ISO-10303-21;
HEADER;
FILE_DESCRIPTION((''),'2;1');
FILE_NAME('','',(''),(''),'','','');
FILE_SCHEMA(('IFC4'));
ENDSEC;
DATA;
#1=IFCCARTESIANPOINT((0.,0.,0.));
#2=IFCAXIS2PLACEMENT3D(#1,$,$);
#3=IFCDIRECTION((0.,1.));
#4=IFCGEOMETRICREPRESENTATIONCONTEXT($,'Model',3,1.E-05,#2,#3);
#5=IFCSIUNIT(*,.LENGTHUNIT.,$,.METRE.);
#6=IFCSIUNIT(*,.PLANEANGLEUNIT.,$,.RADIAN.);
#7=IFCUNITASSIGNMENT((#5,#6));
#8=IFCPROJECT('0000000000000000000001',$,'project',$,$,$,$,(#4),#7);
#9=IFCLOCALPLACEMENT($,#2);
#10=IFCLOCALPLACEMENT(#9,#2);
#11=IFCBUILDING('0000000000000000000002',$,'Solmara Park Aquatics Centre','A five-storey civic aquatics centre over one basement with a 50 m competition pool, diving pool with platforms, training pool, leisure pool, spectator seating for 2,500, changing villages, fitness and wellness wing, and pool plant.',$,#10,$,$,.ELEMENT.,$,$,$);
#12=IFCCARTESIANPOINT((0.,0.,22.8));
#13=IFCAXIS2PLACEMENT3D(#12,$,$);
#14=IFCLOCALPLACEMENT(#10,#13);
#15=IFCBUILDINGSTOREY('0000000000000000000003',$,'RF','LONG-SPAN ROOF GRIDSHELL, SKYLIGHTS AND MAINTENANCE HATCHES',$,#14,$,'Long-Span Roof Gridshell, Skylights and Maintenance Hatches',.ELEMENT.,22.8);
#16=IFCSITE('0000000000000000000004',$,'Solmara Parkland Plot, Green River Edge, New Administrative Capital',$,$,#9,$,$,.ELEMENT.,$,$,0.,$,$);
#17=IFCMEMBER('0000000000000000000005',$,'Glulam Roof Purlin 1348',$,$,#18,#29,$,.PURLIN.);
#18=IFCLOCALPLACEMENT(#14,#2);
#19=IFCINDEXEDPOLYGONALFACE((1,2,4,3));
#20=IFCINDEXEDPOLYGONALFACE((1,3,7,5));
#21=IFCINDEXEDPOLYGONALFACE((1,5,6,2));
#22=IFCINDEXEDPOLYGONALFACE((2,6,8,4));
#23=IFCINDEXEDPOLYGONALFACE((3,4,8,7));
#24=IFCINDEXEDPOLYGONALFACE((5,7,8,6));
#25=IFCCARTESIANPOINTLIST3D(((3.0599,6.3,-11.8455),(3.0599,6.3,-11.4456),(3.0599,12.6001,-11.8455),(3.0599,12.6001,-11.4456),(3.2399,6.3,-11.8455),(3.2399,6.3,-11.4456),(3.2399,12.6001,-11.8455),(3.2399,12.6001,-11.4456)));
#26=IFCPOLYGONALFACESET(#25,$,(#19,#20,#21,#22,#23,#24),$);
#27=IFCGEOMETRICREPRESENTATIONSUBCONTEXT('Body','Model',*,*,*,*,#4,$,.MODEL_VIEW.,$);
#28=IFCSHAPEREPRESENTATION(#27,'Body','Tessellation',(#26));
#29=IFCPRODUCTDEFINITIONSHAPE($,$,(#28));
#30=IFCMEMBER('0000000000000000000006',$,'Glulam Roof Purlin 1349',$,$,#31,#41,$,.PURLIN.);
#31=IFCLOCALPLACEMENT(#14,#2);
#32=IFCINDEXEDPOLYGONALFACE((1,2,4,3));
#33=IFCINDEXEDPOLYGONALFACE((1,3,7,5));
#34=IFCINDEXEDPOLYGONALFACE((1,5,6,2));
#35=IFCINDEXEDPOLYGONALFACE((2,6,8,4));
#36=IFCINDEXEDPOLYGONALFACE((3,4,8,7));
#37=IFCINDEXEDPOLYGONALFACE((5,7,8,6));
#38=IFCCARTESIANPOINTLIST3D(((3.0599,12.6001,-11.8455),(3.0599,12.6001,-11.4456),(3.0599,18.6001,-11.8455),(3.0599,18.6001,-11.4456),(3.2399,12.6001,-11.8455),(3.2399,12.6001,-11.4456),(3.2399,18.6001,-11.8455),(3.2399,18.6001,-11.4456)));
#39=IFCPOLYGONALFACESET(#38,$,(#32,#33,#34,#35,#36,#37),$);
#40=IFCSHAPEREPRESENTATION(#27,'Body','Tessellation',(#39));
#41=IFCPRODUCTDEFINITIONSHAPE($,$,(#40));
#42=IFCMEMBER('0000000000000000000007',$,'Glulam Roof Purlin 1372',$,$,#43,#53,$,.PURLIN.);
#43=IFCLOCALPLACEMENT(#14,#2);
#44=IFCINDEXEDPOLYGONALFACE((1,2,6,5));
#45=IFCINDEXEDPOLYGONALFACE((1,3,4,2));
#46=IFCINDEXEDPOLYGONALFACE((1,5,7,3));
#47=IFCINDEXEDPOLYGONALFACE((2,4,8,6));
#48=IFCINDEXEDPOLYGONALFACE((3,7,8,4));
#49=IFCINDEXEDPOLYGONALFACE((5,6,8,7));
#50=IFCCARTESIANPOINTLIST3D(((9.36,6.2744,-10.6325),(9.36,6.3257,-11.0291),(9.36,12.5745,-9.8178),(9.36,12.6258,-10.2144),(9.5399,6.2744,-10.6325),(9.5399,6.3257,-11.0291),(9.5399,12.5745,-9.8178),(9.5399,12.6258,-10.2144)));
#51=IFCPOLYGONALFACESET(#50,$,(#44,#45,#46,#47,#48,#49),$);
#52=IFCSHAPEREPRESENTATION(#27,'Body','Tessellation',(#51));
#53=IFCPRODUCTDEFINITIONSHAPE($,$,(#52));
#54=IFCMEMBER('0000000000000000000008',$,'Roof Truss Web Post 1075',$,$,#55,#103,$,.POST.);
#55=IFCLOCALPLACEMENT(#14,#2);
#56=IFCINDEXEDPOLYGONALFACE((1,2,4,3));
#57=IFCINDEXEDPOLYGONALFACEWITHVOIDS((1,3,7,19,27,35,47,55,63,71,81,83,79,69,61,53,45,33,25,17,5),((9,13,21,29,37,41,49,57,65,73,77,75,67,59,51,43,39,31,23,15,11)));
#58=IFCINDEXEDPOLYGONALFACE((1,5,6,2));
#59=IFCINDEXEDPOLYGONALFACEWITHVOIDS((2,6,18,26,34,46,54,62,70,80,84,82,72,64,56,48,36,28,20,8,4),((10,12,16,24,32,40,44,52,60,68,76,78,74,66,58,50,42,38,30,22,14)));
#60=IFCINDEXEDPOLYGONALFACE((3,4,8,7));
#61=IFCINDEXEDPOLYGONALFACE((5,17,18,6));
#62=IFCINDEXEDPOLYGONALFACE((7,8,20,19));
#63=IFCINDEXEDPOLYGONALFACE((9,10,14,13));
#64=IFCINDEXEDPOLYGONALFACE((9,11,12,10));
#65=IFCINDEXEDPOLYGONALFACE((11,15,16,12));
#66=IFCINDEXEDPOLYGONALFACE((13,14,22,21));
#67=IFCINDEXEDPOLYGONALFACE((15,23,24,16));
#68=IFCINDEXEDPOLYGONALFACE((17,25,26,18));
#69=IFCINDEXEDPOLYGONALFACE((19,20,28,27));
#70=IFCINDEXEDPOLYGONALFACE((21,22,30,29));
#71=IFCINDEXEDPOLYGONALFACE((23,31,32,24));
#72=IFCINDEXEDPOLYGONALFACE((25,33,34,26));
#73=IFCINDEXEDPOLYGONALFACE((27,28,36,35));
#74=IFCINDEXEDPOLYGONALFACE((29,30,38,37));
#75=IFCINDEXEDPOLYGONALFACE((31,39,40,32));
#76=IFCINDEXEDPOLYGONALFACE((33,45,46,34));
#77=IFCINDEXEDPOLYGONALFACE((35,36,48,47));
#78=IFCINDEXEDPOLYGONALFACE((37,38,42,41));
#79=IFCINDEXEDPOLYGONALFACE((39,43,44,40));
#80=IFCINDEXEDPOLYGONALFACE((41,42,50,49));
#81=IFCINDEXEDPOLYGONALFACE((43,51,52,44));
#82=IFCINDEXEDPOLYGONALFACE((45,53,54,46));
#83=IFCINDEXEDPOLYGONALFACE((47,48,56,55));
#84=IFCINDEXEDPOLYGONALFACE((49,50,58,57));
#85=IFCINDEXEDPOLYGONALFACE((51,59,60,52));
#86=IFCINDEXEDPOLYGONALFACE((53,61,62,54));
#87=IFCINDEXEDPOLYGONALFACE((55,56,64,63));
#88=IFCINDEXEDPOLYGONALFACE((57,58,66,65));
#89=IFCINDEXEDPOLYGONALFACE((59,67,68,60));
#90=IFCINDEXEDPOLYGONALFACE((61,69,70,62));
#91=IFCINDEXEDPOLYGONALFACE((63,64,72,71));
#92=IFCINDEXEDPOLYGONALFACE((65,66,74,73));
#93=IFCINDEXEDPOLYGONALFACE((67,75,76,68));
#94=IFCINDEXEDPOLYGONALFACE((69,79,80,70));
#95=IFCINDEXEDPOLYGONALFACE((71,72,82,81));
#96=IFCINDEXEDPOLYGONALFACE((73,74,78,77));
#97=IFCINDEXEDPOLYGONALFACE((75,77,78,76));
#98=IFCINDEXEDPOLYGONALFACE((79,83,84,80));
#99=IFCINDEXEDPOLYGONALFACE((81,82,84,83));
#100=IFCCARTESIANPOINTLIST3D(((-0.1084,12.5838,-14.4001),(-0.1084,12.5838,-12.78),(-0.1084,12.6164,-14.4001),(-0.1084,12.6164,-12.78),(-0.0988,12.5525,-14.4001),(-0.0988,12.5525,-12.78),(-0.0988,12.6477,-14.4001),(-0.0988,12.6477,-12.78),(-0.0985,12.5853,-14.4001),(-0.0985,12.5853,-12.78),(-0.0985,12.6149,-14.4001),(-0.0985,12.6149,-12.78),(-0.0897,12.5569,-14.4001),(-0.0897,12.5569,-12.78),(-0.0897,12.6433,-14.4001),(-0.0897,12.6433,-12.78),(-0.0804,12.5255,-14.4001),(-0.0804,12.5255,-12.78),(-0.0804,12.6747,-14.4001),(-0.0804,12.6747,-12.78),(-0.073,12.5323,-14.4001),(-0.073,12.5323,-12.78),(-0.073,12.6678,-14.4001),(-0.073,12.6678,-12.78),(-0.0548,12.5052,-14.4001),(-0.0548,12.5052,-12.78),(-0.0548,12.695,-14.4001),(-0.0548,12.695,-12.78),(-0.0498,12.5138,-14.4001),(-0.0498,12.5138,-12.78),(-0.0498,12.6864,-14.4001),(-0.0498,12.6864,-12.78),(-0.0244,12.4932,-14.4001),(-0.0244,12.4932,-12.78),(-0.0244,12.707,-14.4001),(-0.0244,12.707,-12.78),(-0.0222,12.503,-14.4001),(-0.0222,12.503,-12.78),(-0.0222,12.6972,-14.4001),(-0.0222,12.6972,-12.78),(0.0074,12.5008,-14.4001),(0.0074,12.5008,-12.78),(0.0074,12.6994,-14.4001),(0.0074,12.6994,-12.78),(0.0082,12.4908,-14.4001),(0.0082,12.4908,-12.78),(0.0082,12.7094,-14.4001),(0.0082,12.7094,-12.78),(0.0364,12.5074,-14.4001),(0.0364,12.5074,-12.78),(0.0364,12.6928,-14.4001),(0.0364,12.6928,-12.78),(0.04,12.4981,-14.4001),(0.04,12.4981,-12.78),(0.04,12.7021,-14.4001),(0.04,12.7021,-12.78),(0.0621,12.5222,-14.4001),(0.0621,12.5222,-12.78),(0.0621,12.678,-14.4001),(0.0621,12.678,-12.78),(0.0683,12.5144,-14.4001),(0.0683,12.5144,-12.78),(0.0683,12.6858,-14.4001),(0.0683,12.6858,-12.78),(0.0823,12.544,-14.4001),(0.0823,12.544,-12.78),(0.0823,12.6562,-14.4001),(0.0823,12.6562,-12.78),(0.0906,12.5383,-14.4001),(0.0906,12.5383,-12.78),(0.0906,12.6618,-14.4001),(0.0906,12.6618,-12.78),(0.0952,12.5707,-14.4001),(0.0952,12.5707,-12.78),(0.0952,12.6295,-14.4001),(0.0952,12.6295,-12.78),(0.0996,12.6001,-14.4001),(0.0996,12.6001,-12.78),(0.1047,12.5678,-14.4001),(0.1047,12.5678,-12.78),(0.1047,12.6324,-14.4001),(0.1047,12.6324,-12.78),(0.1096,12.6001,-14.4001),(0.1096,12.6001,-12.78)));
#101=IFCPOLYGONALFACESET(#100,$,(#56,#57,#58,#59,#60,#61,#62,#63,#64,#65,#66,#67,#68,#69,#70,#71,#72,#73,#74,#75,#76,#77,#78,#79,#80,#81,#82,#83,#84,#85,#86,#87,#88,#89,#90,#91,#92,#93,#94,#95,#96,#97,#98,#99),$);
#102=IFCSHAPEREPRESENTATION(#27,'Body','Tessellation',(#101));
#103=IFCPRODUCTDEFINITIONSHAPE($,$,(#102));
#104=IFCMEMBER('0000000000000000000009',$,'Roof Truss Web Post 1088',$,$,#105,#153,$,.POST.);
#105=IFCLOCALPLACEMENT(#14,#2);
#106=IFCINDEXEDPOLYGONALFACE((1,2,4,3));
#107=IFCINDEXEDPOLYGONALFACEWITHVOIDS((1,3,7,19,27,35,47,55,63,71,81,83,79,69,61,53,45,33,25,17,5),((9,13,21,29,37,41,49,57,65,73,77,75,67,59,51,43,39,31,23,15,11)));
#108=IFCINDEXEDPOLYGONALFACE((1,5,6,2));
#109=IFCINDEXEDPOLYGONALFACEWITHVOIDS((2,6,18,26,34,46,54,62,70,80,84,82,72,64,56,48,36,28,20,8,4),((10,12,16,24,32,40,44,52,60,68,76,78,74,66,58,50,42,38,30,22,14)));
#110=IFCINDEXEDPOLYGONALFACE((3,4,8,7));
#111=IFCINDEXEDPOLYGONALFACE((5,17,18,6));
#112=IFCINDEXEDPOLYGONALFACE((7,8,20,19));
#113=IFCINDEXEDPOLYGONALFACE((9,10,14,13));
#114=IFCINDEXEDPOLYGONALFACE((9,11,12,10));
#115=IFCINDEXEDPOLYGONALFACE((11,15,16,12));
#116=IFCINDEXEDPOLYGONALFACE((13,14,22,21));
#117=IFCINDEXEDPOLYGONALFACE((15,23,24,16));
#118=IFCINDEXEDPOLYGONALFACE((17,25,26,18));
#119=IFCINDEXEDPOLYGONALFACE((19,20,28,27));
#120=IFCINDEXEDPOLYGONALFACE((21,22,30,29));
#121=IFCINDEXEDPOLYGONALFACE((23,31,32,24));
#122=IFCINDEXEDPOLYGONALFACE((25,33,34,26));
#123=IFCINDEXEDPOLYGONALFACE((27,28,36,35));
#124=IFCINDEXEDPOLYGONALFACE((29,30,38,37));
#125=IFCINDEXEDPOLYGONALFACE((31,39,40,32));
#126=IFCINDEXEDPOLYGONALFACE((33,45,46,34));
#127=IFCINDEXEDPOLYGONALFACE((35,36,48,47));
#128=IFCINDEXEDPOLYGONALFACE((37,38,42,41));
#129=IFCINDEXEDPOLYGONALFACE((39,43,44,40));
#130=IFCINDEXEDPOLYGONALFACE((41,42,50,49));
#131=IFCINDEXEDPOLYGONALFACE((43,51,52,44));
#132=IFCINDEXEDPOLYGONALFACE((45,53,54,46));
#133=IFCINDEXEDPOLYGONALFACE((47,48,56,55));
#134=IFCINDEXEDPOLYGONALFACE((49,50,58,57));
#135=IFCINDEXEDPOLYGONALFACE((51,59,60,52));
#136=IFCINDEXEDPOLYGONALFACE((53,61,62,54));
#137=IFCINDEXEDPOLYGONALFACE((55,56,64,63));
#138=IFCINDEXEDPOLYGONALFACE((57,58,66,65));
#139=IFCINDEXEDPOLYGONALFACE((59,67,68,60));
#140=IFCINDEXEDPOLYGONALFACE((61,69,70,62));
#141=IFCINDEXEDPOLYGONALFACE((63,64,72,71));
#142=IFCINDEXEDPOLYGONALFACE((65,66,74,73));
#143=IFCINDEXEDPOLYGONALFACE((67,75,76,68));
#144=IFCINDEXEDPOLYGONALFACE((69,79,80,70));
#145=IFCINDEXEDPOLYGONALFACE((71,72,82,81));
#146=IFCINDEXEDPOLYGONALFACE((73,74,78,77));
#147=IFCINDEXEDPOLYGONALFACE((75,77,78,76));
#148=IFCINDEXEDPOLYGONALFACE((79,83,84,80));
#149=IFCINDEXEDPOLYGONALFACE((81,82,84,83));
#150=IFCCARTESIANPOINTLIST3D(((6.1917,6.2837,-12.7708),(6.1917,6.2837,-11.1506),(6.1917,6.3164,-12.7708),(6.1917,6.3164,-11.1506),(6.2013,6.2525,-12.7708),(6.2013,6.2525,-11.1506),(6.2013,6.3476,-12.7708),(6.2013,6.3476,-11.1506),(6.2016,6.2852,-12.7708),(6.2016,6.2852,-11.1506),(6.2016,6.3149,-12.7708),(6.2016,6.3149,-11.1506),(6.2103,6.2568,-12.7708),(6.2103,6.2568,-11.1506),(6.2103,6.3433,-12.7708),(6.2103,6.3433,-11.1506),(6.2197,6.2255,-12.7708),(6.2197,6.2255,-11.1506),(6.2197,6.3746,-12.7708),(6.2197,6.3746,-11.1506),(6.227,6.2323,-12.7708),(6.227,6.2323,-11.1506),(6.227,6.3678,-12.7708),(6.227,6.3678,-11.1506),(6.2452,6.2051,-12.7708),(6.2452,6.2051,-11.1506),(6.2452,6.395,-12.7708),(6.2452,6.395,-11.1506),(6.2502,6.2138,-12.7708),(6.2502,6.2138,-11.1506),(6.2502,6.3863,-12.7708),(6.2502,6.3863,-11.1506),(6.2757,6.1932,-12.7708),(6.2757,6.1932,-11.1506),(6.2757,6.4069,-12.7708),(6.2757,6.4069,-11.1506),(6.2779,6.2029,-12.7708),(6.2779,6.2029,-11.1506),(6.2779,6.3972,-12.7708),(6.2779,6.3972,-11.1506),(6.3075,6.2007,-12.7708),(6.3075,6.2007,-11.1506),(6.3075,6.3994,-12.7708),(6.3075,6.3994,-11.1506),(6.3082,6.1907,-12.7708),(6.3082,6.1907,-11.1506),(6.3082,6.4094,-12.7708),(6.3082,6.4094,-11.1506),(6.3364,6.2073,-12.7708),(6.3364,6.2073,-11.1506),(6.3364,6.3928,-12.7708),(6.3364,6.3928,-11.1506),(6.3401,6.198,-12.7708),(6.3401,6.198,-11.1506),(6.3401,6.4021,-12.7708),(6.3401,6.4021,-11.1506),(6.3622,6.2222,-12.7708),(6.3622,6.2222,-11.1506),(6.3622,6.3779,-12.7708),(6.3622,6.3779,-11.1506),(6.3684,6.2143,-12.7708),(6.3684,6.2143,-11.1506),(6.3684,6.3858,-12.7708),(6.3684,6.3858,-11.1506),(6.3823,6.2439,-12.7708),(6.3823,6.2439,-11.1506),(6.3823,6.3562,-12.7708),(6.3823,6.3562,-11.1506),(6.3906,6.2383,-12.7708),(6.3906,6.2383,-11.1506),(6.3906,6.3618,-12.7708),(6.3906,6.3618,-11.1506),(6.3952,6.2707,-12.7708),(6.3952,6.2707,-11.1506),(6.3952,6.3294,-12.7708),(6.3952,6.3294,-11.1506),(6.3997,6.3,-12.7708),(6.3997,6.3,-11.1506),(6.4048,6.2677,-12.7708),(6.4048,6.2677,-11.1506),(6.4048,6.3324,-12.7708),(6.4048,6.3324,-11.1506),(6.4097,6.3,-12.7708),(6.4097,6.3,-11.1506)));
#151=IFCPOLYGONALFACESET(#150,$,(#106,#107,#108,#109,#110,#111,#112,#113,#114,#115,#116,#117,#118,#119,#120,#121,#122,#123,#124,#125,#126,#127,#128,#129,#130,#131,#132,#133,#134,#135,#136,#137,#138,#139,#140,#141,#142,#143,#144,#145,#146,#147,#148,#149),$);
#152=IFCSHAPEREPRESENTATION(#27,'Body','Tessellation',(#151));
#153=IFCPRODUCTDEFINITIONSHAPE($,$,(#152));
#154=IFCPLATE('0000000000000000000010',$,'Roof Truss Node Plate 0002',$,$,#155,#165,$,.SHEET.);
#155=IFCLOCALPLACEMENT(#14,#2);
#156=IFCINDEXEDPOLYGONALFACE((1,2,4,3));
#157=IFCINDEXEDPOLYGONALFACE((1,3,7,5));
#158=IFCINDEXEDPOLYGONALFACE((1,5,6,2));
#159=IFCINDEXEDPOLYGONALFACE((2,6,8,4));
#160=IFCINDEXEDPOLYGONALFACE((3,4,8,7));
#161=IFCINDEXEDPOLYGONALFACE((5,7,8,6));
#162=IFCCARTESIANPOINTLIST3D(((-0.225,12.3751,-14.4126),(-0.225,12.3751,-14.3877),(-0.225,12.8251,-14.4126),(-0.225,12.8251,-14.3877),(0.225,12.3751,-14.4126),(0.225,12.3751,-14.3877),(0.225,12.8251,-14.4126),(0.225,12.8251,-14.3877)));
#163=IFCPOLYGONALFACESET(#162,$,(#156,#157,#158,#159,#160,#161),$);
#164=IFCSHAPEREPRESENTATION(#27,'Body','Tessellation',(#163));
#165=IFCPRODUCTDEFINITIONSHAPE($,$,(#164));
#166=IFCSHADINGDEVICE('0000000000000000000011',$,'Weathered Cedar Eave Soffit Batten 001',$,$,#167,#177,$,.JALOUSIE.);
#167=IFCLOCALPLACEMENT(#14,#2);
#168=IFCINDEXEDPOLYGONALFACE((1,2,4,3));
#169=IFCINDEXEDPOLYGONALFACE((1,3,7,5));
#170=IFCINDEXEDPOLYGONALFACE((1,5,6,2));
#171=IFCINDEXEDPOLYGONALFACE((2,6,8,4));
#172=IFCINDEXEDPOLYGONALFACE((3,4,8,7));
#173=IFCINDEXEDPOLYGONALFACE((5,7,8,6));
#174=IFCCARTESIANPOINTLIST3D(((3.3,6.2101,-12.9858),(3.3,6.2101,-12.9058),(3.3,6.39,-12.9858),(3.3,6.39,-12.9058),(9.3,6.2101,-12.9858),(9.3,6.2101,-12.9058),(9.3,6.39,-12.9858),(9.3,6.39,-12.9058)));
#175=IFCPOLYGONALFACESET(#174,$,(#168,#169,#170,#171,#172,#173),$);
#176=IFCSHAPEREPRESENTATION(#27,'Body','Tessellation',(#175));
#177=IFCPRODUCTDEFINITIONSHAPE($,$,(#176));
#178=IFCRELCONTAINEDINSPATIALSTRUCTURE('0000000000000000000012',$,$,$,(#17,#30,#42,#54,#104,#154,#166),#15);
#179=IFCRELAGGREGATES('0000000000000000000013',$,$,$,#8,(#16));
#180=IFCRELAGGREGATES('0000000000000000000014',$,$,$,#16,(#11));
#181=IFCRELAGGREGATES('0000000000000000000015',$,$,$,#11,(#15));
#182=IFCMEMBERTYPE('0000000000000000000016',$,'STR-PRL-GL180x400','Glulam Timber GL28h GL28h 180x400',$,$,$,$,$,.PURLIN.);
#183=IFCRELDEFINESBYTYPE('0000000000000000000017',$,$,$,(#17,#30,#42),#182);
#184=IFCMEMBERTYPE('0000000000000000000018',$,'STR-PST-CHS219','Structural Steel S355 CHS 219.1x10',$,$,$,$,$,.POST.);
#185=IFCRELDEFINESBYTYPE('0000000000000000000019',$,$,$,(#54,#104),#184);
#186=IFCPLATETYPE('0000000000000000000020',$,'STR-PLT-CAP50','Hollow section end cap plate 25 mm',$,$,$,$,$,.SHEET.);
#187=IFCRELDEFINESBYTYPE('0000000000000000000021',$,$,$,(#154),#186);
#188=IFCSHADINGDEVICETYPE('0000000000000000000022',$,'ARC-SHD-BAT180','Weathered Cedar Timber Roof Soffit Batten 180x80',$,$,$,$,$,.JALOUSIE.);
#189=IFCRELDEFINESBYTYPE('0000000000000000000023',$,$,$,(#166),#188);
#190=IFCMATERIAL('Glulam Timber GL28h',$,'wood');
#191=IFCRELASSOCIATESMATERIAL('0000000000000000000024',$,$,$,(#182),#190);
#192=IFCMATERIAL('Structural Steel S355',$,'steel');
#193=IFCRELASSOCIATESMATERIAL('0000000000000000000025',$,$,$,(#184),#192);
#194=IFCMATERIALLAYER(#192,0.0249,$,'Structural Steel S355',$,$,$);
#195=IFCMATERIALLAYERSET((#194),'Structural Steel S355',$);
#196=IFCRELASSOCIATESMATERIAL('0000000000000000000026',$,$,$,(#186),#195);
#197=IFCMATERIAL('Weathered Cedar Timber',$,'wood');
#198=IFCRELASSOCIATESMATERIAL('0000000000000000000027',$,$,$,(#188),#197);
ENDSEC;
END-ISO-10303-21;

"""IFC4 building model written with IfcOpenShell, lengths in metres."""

from ifc_helpers import new_model, si_unit, direction, frame, origin, origin_2d, place, context, subcontext, project, spatial, rectangle, hollow_circle, extrude, material, layer, layer_set, material_profile, profile_set, type_object, element, save


model = new_model("IFC4")

# Units and contexts
model_context = context("Model", 3, precision=1e-05, world=origin(), true_north=direction((0.0, 1.0)))
body_context = subcontext(model_context, "Body", "Model", "MODEL_VIEW")
ifc_project = project(units=[si_unit("LENGTHUNIT", "METRE"), si_unit("PLANEANGLEUNIT", "RADIAN")], contexts=[model_context])

# Site, building, storey
site_placement = place(None, origin())
site = spatial("IfcSite", under=ifc_project, at=site_placement, Name="Solmara Parkland Plot, Green River Edge, New Administrative Capital", CompositionType="ELEMENT", RefElevation=0.0)
building_placement = place(site_placement, origin())
building = spatial("IfcBuilding", under=site, at=building_placement, Name="Solmara Park Aquatics Centre", Description="A five-storey civic aquatics centre over one basement with a 50 m competition pool, diving pool with platforms, training pool, leisure pool, spectator seating for 2,500, changing villages, fitness and wellness wing, and pool plant.", CompositionType="ELEMENT")
storey_placement = place(building_placement, frame((0.0, 0.0, 22.8)))
storey = spatial("IfcBuildingStorey", under=building, at=storey_placement, Name="RF", Description="LONG-SPAN ROOF GRIDSHELL, SKYLIGHTS AND MAINTENANCE HATCHES", LongName="Long-Span Roof Gridshell, Skylights and Maintenance Hatches", CompositionType="ELEMENT", Elevation=22.8)

# Members
ifc_material_1 = material(Name="Structural Steel S355", Category="steel")
ifc_material_2 = material(Name="Glulam Timber GL28h", Category="wood")
ifc_material_profile_1 = material_profile(ifc_material_2, rectangle(XDim=0.1799, YDim=0.3999, at=origin_2d()), Name="GL28h 180x400")
ifc_profile_set_1 = profile_set([ifc_material_profile_1], Name="Glulam Timber GL28h")
member_type_1 = type_object("IfcMemberType", Name="STR-PRL-GL180x400", Description="Glulam Timber GL28h GL28h 180x400", PredefinedType="PURLIN", material=ifc_profile_set_1)
member_1_placement = place(storey_placement, frame((3.1499, 6.3, -11.6455), z_axis=(0.0, 1.0, 0.0), x_axis=(-1.0, 0.0, 0.0)))
element("IfcMember", 1, at=member_1_placement, inside=storey, type_object=member_type_1, Name="Glulam Roof Purlin 1348", PredefinedType="PURLIN", context=body_context, shape_type="SweptSolid", body=[
    extrude(rectangle(XDim=0.1799, YDim=0.3999, at=origin_2d()), origin(), (0.0, 0.0, 1.0), 6.3),
])
member_2_placement = place(storey_placement, frame((3.1499, 12.6001, -11.6455), z_axis=(0.0, 1.0, 0.0), x_axis=(-1.0, 0.0, 0.0)))
element("IfcMember", 2, at=member_2_placement, inside=storey, type_object=member_type_1, Name="Glulam Roof Purlin 1349", PredefinedType="PURLIN", context=body_context, shape_type="SweptSolid", body=[
    extrude(rectangle(XDim=0.1799, YDim=0.3999, at=origin_2d()), origin(), (0.0, 0.0, 1.0), 6.0),
])
member_3_placement = place(storey_placement, frame((9.45, 6.3, -10.8308), z_axis=(0.0, 0.991742, 0.128248), x_axis=(-1.0, 0.0, 0.0)))
element("IfcMember", 3, at=member_3_placement, inside=storey, type_object=member_type_1, Name="Glulam Roof Purlin 1372", PredefinedType="PURLIN", context=body_context, shape_type="SweptSolid", body=[
    extrude(rectangle(XDim=0.1799, YDim=0.3999, at=origin_2d()), origin(), (0.0, 0.0, 1.0), 6.3525),
])
ifc_material_profile_2 = material_profile(ifc_material_1, hollow_circle(Radius=0.1096, WallThickness=0.01, at=origin_2d()), Name="CHS 219.1x10")
ifc_profile_set_2 = profile_set([ifc_material_profile_2], Name="Structural Steel S355")
member_type_2 = type_object("IfcMemberType", Name="STR-PST-CHS219", Description="Structural Steel S355 CHS 219.1x10", PredefinedType="POST", material=ifc_profile_set_2)
for number, where, z_axis, x_axis, name in (
    (4, (0.0, 12.6001, -14.4001), (0.0, 0.0, 1.0), (1.0, 0.0, 0.0), "Roof Truss Web Post 1075"),
    (5, (6.3, 6.3, -12.7708), (0.0, 0.0, 1.0), (1.0, 0.0, 0.0), "Roof Truss Web Post 1088"),
):
    element("IfcMember", number, at=place(storey_placement, frame(where, z_axis=z_axis, x_axis=x_axis)), inside=storey, type_object=member_type_2, Name=name, PredefinedType="POST", context=body_context, shape_type="SweptSolid", body=[
        extrude(hollow_circle(Radius=0.1096, WallThickness=0.01, at=origin_2d()), origin(), (0.0, 0.0, 1.0), 1.6201),
    ])

# Plate
ifc_layer = layer(ifc_material_1, 0.0249, Name="Structural Steel S355")
ifc_layer_set = layer_set([ifc_layer], Name="Structural Steel S355")
plate_type = type_object("IfcPlateType", Name="STR-PLT-CAP50", Description="Hollow section end cap plate 25 mm", PredefinedType="SHEET", material=ifc_layer_set)
plate_placement = place(storey_placement, frame((0.0, 12.6001, -14.4126), z_axis=(0.0, 0.0, 1.0), x_axis=(1.0, 0.0, 0.0)))
element("IfcPlate", 6, at=plate_placement, inside=storey, type_object=plate_type, Name="Roof Truss Node Plate 0002", PredefinedType="SHEET", context=body_context, shape_type="SweptSolid", body=[
    extrude(rectangle(XDim=0.45, YDim=0.45, at=origin_2d()), origin(), (0.0, 0.0, 1.0), 0.0249),
])

# Shading device
ifc_material_3 = material(Name="Weathered Cedar Timber", Category="wood")
shading_device_type = type_object("IfcShadingDeviceType", Name="ARC-SHD-BAT180", Description="Weathered Cedar Timber Roof Soffit Batten 180x80", PredefinedType="JALOUSIE", material=ifc_material_3)
shading_device_placement = place(storey_placement, frame((6.3, 6.3, -12.9858), z_axis=(0.0, 0.0, 1.0), x_axis=(1.0, 0.0, 0.0)))
element("IfcShadingDevice", 7, at=shading_device_placement, inside=storey, type_object=shading_device_type, Name="Weathered Cedar Eave Soffit Batten 001", PredefinedType="JALOUSIE", context=body_context, shape_type="SweptSolid", body=[
    extrude(rectangle(XDim=6.0, YDim=0.1799, at=origin_2d()), origin(), (0.0, 0.0, 1.0), 0.0801),
])

save(model, "model.ifc")
